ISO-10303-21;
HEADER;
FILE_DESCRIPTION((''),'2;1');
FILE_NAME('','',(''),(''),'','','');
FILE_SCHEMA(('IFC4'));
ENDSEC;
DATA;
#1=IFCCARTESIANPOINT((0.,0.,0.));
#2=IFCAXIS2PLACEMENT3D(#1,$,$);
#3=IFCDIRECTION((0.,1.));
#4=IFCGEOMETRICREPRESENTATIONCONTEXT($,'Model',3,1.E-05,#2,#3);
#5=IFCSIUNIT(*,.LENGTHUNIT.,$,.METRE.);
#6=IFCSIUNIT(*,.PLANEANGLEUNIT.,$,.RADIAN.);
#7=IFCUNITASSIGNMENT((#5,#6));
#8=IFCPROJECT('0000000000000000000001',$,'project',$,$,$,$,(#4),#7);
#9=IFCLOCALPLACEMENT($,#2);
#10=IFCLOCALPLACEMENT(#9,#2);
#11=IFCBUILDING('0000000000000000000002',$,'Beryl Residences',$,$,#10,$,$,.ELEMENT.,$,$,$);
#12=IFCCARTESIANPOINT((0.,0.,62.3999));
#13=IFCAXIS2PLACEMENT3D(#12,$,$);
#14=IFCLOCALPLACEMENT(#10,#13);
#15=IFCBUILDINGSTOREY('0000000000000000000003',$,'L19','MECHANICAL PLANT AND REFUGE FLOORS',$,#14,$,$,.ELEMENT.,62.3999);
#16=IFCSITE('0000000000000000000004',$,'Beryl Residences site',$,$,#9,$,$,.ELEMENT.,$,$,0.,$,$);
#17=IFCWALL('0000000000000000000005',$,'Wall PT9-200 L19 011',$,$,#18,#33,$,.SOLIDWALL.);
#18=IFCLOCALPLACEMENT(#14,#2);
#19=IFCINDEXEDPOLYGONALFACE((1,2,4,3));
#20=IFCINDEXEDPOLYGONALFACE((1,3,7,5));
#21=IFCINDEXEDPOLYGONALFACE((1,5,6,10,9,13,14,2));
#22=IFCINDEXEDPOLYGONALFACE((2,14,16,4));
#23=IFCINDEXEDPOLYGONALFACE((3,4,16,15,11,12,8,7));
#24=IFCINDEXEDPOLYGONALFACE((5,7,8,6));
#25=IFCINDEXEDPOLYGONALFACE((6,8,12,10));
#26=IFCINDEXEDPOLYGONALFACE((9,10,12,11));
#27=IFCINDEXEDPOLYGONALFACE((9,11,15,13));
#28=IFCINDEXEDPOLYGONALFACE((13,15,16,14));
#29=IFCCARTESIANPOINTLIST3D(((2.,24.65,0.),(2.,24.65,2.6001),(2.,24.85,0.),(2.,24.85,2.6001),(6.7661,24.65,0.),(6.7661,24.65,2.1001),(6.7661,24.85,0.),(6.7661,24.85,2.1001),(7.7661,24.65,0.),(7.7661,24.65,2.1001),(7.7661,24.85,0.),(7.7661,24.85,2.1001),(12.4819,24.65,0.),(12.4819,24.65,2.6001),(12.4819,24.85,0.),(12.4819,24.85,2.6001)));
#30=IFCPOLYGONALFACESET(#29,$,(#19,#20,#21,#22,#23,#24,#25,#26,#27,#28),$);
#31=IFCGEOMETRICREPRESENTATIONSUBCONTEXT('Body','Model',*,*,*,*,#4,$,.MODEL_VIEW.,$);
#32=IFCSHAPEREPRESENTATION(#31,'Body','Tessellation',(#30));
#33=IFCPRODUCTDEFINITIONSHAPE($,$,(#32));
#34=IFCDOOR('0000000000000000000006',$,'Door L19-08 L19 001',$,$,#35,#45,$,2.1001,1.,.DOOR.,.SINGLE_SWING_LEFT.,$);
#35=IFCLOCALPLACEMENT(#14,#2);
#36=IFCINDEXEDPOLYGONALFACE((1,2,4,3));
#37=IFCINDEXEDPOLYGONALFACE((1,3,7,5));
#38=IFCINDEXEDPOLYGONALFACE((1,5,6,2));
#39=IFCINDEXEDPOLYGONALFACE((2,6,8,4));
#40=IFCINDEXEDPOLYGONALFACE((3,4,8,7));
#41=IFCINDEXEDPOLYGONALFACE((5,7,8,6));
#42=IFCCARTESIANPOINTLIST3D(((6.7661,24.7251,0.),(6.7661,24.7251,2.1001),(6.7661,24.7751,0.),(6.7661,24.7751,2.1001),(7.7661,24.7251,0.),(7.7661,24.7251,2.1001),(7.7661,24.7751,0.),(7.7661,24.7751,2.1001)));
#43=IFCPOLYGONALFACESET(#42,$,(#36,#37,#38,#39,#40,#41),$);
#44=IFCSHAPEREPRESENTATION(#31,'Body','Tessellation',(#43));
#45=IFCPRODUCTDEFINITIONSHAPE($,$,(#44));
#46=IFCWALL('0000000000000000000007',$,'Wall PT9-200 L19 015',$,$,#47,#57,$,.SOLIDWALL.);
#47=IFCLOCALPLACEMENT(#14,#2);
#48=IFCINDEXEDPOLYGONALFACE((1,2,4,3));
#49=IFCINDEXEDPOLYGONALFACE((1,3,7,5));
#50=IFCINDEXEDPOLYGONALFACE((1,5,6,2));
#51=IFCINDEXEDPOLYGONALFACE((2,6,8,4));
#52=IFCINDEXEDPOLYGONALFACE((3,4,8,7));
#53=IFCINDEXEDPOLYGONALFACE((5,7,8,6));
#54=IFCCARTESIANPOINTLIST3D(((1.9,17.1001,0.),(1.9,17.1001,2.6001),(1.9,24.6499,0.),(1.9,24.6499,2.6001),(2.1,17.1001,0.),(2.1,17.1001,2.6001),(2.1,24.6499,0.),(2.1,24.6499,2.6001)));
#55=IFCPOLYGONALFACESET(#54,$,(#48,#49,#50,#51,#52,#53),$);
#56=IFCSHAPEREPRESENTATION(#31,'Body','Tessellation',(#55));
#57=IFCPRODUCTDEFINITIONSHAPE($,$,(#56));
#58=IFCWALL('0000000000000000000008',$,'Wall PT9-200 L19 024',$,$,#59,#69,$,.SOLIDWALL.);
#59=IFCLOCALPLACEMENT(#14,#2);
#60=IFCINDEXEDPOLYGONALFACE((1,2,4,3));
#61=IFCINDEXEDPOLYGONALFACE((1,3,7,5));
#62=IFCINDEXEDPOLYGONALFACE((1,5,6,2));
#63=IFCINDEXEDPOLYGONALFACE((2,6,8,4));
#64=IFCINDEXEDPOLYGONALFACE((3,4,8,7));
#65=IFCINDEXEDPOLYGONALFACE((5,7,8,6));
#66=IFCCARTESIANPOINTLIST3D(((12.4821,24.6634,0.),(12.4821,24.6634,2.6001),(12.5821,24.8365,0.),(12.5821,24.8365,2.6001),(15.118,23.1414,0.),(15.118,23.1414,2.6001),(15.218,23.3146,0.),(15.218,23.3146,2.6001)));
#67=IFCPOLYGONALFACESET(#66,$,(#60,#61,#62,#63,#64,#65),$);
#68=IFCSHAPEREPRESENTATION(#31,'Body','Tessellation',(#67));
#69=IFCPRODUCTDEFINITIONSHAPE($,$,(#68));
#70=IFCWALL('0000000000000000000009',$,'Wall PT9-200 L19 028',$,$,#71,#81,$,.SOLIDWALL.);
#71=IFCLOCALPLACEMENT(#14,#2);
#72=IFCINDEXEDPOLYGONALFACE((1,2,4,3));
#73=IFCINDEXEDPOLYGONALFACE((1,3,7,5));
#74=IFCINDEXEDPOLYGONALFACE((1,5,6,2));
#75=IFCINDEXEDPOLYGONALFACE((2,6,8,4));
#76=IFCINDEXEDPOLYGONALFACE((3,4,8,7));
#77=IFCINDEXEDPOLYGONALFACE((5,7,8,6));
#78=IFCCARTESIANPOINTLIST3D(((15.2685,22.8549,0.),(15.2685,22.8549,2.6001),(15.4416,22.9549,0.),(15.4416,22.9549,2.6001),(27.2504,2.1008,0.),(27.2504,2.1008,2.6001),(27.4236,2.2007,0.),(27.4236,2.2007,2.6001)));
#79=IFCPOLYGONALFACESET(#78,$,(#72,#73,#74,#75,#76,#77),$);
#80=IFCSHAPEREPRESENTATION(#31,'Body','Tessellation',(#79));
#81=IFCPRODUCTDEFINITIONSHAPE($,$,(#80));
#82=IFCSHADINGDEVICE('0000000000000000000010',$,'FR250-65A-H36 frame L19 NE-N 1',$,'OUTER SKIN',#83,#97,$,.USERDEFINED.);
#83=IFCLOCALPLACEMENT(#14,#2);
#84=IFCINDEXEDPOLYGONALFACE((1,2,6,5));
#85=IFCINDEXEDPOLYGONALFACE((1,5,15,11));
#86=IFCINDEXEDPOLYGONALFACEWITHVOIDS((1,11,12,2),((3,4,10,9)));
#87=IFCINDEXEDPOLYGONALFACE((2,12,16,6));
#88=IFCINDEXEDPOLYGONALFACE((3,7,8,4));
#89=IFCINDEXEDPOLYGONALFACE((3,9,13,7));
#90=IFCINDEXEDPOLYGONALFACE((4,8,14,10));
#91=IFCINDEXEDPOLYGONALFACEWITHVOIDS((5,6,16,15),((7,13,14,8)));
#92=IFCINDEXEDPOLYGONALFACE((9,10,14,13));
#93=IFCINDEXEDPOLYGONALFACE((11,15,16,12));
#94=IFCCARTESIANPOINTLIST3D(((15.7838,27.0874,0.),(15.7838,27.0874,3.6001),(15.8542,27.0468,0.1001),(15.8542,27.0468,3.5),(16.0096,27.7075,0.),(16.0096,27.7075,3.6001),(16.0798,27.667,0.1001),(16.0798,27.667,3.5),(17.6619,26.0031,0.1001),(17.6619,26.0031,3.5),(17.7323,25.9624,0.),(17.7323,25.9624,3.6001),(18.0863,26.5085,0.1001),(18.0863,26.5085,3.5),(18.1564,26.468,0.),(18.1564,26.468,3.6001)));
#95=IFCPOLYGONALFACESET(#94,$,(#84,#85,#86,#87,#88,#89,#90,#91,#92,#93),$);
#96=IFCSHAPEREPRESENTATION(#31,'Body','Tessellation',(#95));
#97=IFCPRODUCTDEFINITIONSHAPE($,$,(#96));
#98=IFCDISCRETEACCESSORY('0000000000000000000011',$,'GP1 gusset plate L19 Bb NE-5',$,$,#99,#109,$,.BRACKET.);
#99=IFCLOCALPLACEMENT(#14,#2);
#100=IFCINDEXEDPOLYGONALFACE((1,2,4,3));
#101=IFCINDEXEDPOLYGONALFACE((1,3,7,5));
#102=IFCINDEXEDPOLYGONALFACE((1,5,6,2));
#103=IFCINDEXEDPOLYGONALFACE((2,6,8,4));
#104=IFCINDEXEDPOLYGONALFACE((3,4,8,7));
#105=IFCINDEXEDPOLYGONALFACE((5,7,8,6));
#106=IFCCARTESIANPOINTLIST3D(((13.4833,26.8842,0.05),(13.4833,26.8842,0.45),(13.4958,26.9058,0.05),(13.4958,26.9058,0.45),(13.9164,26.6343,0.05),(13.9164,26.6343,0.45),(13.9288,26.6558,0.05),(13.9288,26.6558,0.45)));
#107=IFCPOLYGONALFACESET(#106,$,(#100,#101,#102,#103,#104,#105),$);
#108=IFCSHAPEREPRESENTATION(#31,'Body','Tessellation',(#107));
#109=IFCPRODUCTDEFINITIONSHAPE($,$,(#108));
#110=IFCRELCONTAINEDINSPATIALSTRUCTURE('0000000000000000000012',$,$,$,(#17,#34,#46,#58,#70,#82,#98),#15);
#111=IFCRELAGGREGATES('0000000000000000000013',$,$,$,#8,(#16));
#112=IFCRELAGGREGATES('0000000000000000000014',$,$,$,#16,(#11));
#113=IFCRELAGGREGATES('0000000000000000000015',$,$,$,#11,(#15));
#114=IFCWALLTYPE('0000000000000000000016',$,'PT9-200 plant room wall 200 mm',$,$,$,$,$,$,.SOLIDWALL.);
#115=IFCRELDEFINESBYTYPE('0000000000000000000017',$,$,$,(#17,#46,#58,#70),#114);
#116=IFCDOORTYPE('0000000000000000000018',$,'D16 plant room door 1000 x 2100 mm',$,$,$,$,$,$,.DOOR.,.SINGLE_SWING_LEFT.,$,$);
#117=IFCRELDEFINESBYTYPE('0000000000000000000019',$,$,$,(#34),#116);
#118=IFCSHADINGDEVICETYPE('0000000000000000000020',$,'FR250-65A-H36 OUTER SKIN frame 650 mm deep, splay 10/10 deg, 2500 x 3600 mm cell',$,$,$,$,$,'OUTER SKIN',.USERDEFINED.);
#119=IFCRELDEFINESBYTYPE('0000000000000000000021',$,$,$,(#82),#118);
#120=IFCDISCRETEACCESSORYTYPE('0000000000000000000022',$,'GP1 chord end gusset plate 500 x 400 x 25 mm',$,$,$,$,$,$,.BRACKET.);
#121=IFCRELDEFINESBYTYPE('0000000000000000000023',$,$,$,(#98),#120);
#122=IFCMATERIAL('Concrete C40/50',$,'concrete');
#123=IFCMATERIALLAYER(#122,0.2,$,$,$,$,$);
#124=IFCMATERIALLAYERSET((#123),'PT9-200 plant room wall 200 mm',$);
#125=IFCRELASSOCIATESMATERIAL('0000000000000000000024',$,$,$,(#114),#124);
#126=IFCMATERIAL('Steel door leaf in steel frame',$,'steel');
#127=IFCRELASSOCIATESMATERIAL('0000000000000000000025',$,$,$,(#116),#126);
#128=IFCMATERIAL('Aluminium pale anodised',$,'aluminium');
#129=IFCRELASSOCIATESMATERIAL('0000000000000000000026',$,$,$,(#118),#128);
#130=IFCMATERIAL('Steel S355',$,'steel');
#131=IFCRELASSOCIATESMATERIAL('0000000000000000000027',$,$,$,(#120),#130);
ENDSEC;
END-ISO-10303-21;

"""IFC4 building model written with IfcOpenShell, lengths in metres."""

from ifc_helpers import new_model, entity, si_unit, direction, frame, frame_2d, origin, origin_2d, place, context, subcontext, project, spatial, rectangle, extrude, source, transform, mapped, material, layer, layer_set, type_object, type_shapes, element, fill, save


model = new_model("IFC4")

# Units and contexts
model_context = context("Model", 3, precision=1e-05, world=origin(), true_north=direction((0.0, 1.0)))
body_context = subcontext(model_context, "Body", "Model", "MODEL_VIEW")
ifc_project = project(units=[si_unit("LENGTHUNIT", "METRE"), si_unit("PLANEANGLEUNIT", "RADIAN")], contexts=[model_context])

# Site, building, storey
site_placement = place(None, origin())
site = spatial("IfcSite", under=ifc_project, at=site_placement, Name="Beryl Residences site", CompositionType="ELEMENT", RefElevation=0.0)
building_placement = place(site_placement, origin())
building = spatial("IfcBuilding", under=site, at=building_placement, Name="Beryl Residences", CompositionType="ELEMENT")
storey_placement = place(building_placement, frame((0.0, 0.0, 62.3999)))
storey = spatial("IfcBuildingStorey", under=building, at=storey_placement, Name="L19", Description="MECHANICAL PLANT AND REFUGE FLOORS", CompositionType="ELEMENT", Elevation=62.3999)

# Wall, opening, door
ifc_material_1 = material(Name="Concrete C40/50", Category="concrete")
ifc_layer = layer(ifc_material_1, 0.2)
ifc_layer_set = layer_set([ifc_layer], Name="PT9-200 plant room wall 200 mm")
wall_type = type_object("IfcWallType", Name="PT9-200 plant room wall 200 mm", PredefinedType="SOLIDWALL", material=ifc_layer_set)
wall_1_placement = place(storey_placement, frame((2.0, 24.75, 0.0), z_axis=(0.0, 0.0, 1.0), x_axis=(1.0, 0.0, 0.0)))
wall_1 = element("IfcWall", 1, at=wall_1_placement, inside=storey, type_object=wall_type, Name="Wall PT9-200 L19 011", PredefinedType="SOLIDWALL", context=body_context, shape_type="SweptSolid", body=[
    extrude(rectangle(XDim=10.4819, YDim=0.2, at=frame_2d((5.241, 0.0))), origin(), (0.0, 0.0, 1.0), 2.6001),
])
opening_placement = place(wall_1_placement, frame((5.7661, 0.0, 0.0), z_axis=(0.0, 0.0, 1.0), x_axis=(-1.0, 0.0, 0.0)))
opening = element("IfcOpeningElement", 2, at=opening_placement, cuts=wall_1, PredefinedType="OPENING", context=body_context, shape_type="SweptSolid", body=[
    extrude(rectangle(XDim=1.0, YDim=2.1001, at=frame_2d((0.5, 1.05))), frame((0.0, 0.1099, 0.0), z_axis=(0.0, -1.0, 0.0), x_axis=(1.0, 0.0, 0.0)), (0.0, 0.0, 1.0), 0.22),
])
ifc_material_2 = material(Name="Steel door leaf in steel frame", Category="steel")
door_type = type_object("IfcDoorType", Name="D16 plant room door 1000 x 2100 mm", OperationType="SINGLE_SWING_LEFT", PredefinedType="DOOR", material=ifc_material_2)
door_placement = place(opening_placement, origin())
door = element("IfcDoor", 3, at=door_placement, inside=storey, type_object=door_type, Name="Door L19-08 L19 001", OperationType="SINGLE_SWING_LEFT", OverallHeight=2.1001, OverallWidth=1.0, PredefinedType="DOOR", context=body_context, shape_type="SweptSolid", body=[
    extrude(rectangle(XDim=1.0, YDim=2.1001, at=frame_2d((0.5, 1.05))), frame((0.0, 0.0249, 0.0), z_axis=(0.0, -1.0, 0.0), x_axis=(1.0, 0.0, 0.0)), (0.0, 0.0, 1.0), 0.05),
])
fill(opening, door)

# Walls
wall_2_placement = place(storey_placement, frame((2.0, 17.1001, 0.0), z_axis=(0.0, 0.0, 1.0), x_axis=(0.0, 1.0, 0.0)))
element("IfcWall", 4, at=wall_2_placement, inside=storey, type_object=wall_type, Name="Wall PT9-200 L19 015", PredefinedType="SOLIDWALL", context=body_context, shape_type="SweptSolid", body=[
    extrude(rectangle(XDim=7.5498, YDim=0.2, at=frame_2d((3.7749, 0.0))), origin(), (0.0, 0.0, 1.0), 2.6001),
])
wall_3_placement = place(storey_placement, frame((12.532, 24.75, 0.0), z_axis=(0.0, 0.0, 1.0), x_axis=(0.866013, -0.500021, 0.0)))
element("IfcWall", 5, at=wall_3_placement, inside=storey, type_object=wall_type, Name="Wall PT9-200 L19 024", PredefinedType="SOLIDWALL", context=body_context, shape_type="SweptSolid", body=[
    extrude(rectangle(XDim=3.0437, YDim=0.2, at=frame_2d((1.522, 0.0))), origin(), (0.0, 0.0, 1.0), 2.6001),
])
wall_4_placement = place(storey_placement, frame((15.355, 22.905, 0.0), z_axis=(0.0, 0.0, 1.0), x_axis=(0.499985, -0.866034, 0.0)))
element("IfcWall", 6, at=wall_4_placement, inside=storey, type_object=wall_type, Name="Wall PT9-200 L19 028", PredefinedType="SOLIDWALL", context=body_context, shape_type="SweptSolid", body=[
    extrude(rectangle(XDim=23.9646, YDim=0.2, at=frame_2d((11.9824, 0.0))), origin(), (0.0, 0.0, 1.0), 2.6001),
])

# Shading device
ifc_material_3 = material(Name="Aluminium pale anodised", Category="aluminium")
shading_device_type = type_object("IfcShadingDeviceType", Name="FR250-65A-H36 OUTER SKIN frame 650 mm deep, splay 10/10 deg, 2500 x 3600 mm cell", ElementType="OUTER SKIN", PredefinedType="USERDEFINED", material=ifc_material_3)
cartesian_point_1 = entity("IfcCartesianPoint", [-1.125, 0.0])
cartesian_point_2 = entity("IfcCartesianPoint", [-1.0437, 0.1001])
cartesian_point_3 = entity("IfcCartesianPoint", [-1.2395, 0.0])
cartesian_point_4 = entity("IfcCartesianPoint", [-1.1584, 0.1001])
shared_shape = source(origin(), body_context, "Body", "SweptSolid", [
    entity("IfcExtrudedAreaSolidTapered", entity("IfcArbitraryProfileDefWithVoids", "AREA", None, entity("IfcPolyline", [cartesian_point_1, entity("IfcCartesianPoint", [1.125, 0.0]), entity("IfcCartesianPoint", [1.125, 3.6001]), entity("IfcCartesianPoint", [-1.125, 3.6001]), cartesian_point_1]), [entity("IfcPolyline", [cartesian_point_2, entity("IfcCartesianPoint", [1.0437, 0.1001]), entity("IfcCartesianPoint", [1.0437, 3.5]), entity("IfcCartesianPoint", [-1.0437, 3.5]), cartesian_point_2])]), entity("IfcAxis2Placement3D", entity("IfcCartesianPoint", [0.0, 0.0, 0.0]), entity("IfcDirection", [0.0, 1.0, 0.0]), entity("IfcDirection", [-1.0, 0.0, 0.0])), entity("IfcDirection", [0.0, 0.0, 1.0]), 0.6499, entity("IfcArbitraryProfileDefWithVoids", "AREA", None, entity("IfcPolyline", [cartesian_point_3, entity("IfcCartesianPoint", [1.2395, 0.0]), entity("IfcCartesianPoint", [1.2395, 3.6001]), entity("IfcCartesianPoint", [-1.2395, 3.6001]), cartesian_point_3]), [entity("IfcPolyline", [cartesian_point_4, entity("IfcCartesianPoint", [1.1584, 0.1001]), entity("IfcCartesianPoint", [1.1584, 3.5]), entity("IfcCartesianPoint", [-1.1584, 3.5]), cartesian_point_4])])),
])
type_shapes(shading_device_type, [shared_shape])
shading_device_placement = place(storey_placement, frame((16.7581, 26.5249, 0.0), z_axis=(0.0, 0.0, 1.0), x_axis=(0.866025, -0.5, 0.0)))
element("IfcShadingDevice", 7, at=shading_device_placement, inside=storey, type_object=shading_device_type, Name="FR250-65A-H36 frame L19 NE-N 1", ObjectType="OUTER SKIN", PredefinedType="USERDEFINED", context=body_context, shape_type="MappedRepresentation", body=[
    mapped(shared_shape, transform((0.0, 0.0, 0.0))),
])

# Discrete accessory
ifc_material_4 = material(Name="Steel S355", Category="steel")
discrete_accessory_type = type_object("IfcDiscreteAccessoryType", Name="GP1 chord end gusset plate 500 x 400 x 25 mm", PredefinedType="BRACKET", material=ifc_material_4)
discrete_accessory_placement = place(storey_placement, frame((13.7061, 26.77, 0.05), z_axis=(0.0, 0.0, 1.0), x_axis=(0.866106, -0.499861, 0.0)))
element("IfcDiscreteAccessory", 8, at=discrete_accessory_placement, inside=storey, type_object=discrete_accessory_type, Name="GP1 gusset plate L19 Bb NE-5", PredefinedType="BRACKET", context=body_context, shape_type="SweptSolid", body=[
    extrude(rectangle(XDim=0.5, YDim=0.0249, at=origin_2d()), origin(), (0.0, 0.0, 1.0), 0.3999),
])

save(model, "model.ifc")
